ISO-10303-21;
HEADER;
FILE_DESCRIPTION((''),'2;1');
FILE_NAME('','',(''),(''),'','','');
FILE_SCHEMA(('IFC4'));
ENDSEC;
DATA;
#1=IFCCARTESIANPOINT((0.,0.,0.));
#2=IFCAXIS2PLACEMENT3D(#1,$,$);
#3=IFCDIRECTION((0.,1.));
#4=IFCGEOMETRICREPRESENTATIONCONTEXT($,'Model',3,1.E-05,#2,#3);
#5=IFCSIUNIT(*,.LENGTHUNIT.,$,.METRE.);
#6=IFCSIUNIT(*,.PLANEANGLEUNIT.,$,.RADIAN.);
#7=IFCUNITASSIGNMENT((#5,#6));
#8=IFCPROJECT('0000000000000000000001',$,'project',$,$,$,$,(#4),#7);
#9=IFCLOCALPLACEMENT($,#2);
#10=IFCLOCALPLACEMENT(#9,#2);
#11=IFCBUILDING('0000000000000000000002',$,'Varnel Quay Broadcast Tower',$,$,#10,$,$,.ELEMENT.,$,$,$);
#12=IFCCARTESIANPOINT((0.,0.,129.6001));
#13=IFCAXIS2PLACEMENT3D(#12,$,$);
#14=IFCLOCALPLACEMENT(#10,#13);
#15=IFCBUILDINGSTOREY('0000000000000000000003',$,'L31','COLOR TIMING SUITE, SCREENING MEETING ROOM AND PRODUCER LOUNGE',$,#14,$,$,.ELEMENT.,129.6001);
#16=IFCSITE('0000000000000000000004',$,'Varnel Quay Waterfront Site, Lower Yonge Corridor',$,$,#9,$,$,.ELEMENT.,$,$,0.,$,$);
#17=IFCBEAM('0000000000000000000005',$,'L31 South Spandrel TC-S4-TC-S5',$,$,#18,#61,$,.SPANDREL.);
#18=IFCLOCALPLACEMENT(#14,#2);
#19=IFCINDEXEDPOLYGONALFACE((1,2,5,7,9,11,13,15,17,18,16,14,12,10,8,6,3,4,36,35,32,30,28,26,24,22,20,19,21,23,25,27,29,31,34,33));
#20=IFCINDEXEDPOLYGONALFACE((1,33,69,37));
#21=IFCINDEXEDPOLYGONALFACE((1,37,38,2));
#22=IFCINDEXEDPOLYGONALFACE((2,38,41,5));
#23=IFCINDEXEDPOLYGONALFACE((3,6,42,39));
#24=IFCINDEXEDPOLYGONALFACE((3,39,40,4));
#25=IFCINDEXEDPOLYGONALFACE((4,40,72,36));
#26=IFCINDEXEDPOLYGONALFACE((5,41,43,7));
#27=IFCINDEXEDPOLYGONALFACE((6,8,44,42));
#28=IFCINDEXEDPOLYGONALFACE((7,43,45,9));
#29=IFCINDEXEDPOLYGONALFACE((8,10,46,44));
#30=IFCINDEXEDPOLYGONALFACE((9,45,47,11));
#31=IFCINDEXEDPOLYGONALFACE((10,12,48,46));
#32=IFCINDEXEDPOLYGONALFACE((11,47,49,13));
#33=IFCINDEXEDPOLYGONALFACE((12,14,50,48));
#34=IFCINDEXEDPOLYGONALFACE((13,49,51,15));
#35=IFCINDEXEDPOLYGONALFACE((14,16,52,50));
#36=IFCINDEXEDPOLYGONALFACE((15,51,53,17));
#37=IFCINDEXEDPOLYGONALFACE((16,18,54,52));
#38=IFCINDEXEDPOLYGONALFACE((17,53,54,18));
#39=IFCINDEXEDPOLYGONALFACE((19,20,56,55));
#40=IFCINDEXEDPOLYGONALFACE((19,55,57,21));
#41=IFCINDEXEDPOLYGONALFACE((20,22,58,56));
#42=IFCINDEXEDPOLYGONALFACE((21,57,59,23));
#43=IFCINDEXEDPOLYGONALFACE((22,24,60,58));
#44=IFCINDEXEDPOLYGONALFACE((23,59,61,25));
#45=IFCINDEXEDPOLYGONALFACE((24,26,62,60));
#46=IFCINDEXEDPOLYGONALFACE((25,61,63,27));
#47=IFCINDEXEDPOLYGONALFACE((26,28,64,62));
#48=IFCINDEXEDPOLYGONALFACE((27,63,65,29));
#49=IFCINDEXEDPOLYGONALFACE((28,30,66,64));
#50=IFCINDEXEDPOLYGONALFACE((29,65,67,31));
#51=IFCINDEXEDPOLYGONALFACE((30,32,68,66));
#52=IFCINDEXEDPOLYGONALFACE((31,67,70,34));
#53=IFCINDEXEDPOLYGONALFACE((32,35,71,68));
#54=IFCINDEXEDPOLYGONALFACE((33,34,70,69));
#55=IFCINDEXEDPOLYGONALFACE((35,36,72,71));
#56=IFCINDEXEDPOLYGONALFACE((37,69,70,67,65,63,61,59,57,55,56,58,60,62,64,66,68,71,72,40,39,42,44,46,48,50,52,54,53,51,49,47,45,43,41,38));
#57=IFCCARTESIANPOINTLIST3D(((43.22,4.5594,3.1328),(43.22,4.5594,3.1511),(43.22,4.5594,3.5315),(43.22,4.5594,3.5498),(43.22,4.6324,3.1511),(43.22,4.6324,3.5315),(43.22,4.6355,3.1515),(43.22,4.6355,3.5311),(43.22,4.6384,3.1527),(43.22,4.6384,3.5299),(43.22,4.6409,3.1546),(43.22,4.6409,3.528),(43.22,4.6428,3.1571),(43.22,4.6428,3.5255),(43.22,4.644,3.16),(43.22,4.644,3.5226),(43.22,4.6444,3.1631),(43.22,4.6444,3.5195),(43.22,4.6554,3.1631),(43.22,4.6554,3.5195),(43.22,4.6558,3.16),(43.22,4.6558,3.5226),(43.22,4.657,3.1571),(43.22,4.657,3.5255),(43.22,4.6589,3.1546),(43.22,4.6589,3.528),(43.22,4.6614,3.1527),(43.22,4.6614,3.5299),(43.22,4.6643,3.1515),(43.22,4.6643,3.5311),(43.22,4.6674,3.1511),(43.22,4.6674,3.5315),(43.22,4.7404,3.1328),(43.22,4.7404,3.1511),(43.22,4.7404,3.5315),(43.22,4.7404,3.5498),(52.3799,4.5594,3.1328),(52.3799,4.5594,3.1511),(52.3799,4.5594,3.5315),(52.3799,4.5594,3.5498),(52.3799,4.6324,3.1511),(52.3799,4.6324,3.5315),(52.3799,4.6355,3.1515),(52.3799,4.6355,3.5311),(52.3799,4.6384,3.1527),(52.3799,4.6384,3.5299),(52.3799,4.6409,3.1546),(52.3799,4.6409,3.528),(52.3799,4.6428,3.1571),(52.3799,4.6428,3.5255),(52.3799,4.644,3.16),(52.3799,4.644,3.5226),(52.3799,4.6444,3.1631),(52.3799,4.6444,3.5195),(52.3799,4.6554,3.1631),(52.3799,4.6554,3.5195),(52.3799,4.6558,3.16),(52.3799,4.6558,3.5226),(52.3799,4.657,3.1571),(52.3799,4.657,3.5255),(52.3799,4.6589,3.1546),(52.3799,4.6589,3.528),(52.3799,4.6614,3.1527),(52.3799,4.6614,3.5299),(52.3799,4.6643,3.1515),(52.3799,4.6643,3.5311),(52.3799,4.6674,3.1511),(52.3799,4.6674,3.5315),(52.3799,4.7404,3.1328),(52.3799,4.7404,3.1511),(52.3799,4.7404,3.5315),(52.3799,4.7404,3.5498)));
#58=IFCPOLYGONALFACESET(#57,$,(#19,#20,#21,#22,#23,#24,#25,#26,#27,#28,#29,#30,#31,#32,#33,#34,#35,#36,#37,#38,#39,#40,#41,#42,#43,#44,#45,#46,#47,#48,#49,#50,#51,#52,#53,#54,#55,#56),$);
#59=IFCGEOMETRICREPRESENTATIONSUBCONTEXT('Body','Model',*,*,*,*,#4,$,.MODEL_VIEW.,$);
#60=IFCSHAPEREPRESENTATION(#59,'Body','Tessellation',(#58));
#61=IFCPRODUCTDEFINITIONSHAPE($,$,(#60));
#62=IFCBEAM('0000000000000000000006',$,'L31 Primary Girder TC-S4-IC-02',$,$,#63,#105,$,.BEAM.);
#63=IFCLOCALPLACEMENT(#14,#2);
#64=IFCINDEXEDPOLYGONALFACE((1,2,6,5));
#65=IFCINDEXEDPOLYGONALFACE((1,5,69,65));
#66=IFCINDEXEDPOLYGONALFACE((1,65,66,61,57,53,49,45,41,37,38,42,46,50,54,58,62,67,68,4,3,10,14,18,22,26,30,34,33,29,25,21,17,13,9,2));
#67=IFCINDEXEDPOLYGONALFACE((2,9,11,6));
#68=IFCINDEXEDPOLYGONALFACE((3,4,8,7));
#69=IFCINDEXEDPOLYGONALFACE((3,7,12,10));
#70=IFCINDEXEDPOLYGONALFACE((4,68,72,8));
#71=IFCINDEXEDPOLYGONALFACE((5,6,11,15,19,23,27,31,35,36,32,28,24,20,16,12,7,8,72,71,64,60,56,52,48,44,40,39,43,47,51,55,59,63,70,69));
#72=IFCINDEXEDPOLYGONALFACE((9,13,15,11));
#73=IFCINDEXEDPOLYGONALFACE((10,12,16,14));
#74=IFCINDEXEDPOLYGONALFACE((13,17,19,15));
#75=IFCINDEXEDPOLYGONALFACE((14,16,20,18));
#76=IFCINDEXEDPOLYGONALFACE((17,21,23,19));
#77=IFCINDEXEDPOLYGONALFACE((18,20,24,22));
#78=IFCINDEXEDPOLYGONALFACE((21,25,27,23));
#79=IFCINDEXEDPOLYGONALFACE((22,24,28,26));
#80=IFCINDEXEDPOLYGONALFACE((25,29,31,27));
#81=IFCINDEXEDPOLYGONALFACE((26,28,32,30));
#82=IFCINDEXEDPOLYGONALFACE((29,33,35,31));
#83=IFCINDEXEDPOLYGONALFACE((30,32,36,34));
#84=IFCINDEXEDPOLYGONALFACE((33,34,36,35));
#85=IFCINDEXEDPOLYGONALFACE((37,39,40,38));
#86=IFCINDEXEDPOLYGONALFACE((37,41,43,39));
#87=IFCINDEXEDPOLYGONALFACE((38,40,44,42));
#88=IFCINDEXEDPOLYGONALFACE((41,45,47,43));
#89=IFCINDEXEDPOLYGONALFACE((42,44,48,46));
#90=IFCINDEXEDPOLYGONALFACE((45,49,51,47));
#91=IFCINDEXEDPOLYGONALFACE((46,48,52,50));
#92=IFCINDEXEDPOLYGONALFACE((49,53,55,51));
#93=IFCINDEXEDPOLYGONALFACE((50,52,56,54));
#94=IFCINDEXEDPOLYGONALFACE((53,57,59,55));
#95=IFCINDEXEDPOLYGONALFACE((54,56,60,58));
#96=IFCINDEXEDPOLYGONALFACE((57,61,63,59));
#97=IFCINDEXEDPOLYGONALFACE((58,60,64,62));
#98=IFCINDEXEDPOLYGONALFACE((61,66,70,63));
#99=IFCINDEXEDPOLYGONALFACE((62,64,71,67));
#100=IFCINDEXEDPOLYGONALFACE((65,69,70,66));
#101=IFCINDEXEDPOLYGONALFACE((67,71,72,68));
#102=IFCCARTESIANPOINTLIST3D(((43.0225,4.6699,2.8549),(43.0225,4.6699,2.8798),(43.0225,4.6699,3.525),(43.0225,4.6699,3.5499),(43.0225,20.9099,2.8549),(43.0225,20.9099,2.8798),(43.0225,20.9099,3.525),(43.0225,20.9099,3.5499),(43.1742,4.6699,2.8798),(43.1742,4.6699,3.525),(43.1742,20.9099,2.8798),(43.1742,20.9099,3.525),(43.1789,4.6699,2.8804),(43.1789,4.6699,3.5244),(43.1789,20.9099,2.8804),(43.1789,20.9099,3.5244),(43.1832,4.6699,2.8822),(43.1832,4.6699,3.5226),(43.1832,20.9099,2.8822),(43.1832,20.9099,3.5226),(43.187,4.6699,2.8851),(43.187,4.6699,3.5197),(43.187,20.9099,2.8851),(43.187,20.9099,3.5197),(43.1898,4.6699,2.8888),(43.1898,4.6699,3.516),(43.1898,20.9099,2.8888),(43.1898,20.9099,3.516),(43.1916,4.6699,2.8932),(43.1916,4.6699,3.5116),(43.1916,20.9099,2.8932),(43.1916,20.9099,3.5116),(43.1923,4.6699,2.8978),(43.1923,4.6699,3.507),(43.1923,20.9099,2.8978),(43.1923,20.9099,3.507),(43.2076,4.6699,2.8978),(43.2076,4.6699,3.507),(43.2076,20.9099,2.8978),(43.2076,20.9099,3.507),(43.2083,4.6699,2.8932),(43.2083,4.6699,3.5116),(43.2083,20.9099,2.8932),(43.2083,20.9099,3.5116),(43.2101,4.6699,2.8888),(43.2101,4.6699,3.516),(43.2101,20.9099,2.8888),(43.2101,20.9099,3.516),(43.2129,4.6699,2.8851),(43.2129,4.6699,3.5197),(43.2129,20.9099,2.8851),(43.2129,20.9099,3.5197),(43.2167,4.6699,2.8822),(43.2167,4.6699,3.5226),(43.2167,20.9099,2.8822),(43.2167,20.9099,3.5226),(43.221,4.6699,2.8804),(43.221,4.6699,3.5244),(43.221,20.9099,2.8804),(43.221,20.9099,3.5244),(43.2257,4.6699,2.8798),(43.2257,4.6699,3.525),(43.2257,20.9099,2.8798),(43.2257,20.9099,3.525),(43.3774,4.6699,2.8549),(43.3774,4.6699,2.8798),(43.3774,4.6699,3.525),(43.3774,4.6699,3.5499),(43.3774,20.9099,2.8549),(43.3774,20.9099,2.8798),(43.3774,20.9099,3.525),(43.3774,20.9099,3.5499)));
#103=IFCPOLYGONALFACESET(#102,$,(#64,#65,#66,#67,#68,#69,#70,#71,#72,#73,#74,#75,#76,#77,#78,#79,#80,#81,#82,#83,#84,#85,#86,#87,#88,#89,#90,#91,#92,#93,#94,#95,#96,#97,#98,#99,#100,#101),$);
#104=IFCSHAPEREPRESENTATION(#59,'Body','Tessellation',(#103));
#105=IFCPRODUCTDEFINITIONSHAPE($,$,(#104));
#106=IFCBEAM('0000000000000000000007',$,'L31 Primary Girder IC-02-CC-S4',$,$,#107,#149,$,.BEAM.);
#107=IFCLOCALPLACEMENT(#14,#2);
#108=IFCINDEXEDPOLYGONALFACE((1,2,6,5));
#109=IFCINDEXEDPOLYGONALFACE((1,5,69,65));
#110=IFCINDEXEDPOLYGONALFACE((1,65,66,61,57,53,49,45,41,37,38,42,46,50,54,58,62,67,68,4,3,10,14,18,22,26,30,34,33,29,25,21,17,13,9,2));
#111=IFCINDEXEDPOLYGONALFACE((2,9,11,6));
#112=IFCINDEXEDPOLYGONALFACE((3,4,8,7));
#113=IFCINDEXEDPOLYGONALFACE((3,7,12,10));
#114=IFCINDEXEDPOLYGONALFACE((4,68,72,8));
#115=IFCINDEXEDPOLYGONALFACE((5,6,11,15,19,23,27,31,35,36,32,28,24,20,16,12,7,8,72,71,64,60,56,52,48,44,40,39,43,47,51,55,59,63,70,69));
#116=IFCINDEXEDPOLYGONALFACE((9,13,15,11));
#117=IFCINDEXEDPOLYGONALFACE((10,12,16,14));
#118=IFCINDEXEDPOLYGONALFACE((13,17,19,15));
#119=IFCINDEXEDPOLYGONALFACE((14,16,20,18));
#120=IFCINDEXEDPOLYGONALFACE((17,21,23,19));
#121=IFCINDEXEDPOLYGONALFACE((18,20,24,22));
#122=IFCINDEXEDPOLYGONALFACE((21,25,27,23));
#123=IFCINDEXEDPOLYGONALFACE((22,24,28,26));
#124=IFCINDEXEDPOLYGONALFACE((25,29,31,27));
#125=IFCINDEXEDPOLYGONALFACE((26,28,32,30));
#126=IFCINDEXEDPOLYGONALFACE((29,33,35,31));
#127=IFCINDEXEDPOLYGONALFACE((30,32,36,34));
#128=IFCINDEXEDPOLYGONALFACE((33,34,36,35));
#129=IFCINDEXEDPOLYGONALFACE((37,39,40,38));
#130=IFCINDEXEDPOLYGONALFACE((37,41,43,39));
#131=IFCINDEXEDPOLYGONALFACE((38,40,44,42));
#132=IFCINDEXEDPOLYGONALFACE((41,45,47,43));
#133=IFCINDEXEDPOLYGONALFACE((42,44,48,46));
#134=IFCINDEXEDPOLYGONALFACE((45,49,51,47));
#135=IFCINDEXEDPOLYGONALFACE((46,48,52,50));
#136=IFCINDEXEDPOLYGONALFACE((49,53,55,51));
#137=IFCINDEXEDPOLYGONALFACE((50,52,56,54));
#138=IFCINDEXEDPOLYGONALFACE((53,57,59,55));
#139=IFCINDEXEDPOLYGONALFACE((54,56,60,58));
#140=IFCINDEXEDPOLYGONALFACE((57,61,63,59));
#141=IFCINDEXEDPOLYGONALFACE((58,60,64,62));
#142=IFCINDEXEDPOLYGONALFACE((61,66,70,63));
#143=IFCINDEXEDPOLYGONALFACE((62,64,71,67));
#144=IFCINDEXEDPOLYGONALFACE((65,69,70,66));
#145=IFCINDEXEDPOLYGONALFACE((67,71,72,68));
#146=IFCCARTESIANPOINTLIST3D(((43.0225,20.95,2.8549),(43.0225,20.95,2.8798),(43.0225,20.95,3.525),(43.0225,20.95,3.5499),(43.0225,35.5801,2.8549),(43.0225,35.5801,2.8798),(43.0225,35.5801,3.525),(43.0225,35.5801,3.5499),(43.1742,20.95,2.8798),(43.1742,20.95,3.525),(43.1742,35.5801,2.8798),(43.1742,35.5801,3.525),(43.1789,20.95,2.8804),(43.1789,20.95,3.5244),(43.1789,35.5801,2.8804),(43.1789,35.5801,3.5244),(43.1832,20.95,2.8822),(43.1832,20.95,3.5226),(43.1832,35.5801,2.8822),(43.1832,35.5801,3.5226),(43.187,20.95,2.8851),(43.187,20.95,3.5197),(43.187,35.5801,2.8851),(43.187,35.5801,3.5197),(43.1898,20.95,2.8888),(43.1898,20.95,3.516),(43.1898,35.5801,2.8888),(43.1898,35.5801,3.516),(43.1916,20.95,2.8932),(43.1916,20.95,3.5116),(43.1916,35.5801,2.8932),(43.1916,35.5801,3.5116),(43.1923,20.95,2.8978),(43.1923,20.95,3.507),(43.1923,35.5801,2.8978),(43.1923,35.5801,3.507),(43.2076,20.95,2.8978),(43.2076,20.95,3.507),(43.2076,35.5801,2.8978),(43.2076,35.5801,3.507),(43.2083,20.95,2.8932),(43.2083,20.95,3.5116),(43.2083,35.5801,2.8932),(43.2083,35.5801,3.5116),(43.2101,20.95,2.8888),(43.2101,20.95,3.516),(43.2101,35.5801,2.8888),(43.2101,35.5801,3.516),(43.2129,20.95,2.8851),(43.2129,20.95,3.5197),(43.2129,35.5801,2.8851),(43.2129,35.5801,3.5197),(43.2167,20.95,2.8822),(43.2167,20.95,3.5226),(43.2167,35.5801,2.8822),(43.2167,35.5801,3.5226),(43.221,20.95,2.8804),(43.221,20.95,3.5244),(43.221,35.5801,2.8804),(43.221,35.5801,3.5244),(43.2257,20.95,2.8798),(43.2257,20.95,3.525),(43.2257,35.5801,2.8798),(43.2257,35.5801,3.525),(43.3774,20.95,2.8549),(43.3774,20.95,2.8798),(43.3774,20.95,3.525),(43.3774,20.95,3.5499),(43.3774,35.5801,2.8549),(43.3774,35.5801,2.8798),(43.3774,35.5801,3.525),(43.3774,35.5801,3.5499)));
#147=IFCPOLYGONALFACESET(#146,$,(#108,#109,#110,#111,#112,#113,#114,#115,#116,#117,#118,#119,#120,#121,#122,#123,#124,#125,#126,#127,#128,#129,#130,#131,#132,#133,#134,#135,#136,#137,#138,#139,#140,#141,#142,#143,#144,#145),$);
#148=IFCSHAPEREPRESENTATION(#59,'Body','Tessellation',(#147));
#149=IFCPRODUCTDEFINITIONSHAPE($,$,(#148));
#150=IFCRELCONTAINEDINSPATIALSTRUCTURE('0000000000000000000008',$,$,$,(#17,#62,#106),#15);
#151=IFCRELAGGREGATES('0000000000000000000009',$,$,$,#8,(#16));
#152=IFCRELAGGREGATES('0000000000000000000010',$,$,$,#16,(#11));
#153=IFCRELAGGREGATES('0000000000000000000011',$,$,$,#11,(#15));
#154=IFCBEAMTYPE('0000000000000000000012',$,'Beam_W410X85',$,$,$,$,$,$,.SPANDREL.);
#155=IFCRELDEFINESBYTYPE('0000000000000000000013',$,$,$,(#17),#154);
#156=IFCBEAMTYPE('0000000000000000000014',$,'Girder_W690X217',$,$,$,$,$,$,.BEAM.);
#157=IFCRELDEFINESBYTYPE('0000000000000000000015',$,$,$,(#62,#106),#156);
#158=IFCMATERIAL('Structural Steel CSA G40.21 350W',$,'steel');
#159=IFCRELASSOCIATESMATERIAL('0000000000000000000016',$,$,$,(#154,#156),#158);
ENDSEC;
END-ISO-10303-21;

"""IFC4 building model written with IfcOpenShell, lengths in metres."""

from ifc_helpers import new_model, si_unit, direction, frame, origin, origin_2d, place, context, subcontext, project, spatial, i_section, extrude, source, transform, mapped, material, material_profile, profile_set, type_object, type_shapes, element, save


model = new_model("IFC4")

# Units and contexts
model_context = context("Model", 3, precision=1e-05, world=origin(), true_north=direction((0.0, 1.0)))
body_context = subcontext(model_context, "Body", "Model", "MODEL_VIEW")
ifc_project = project(units=[si_unit("LENGTHUNIT", "METRE"), si_unit("PLANEANGLEUNIT", "RADIAN")], contexts=[model_context])

# Site, building, storey
site_placement = place(None, origin())
site = spatial("IfcSite", under=ifc_project, at=site_placement, Name="Varnel Quay Waterfront Site, Lower Yonge Corridor", CompositionType="ELEMENT", RefElevation=0.0)
building_placement = place(site_placement, origin())
building = spatial("IfcBuilding", under=site, at=building_placement, Name="Varnel Quay Broadcast Tower", CompositionType="ELEMENT")
storey_placement = place(building_placement, frame((0.0, 0.0, 129.6001)))
storey = spatial("IfcBuildingStorey", under=building, at=storey_placement, Name="L31", Description="COLOR TIMING SUITE, SCREENING MEETING ROOM AND PRODUCER LOUNGE", CompositionType="ELEMENT", Elevation=129.6001)

# Shared definitions
ifc_material_1 = material(Name="Structural Steel CSA G40.21 350W", Category="steel")

# Beams
ifc_material_profile_1 = material_profile(ifc_material_1, i_section(OverallWidth=0.1809, OverallDepth=0.417, WebThickness=0.011, FlangeThickness=0.0183, FilletRadius=0.012, at=origin_2d()), Name="W410X85")
ifc_profile_set_1 = profile_set([ifc_material_profile_1], Name="Structural Steel CSA G40.21 350W")
beam_type_1 = type_object("IfcBeamType", Name="Beam_W410X85", PredefinedType="SPANDREL", material=ifc_profile_set_1)
shared_shape_1 = source(origin(), body_context, "Body", "SweptSolid", [
    extrude(i_section(OverallWidth=0.1809, OverallDepth=0.417, WebThickness=0.011, FlangeThickness=0.0183, FilletRadius=0.012, at=origin_2d()), origin(), (0.0, 0.0, 1.0), 9.1599),
])
type_shapes(beam_type_1, [shared_shape_1])
for number, where, z_axis, x_axis, name in (
    (1, (43.22, 4.6499, 3.3413), (1.0, 0.0, 0.0), (0.0, 1.0, 0.0), "L31 South Spandrel TC-S4-TC-S5"),
):
    element("IfcBeam", number, at=place(storey_placement, frame(where, z_axis=z_axis, x_axis=x_axis)), inside=storey, type_object=beam_type_1, Name=name, PredefinedType="SPANDREL", context=body_context, shape_type="MappedRepresentation", body=[
        mapped(shared_shape_1, transform((0.0, 0.0, 0.0), x_axis=(1.0, 0.0, 0.0), y_axis=(0.0, 1.0, 0.0), z_axis=(0.0, 0.0, 1.0), scale=1.0)),
    ])
ifc_material_profile_2 = material_profile(ifc_material_1, i_section(OverallWidth=0.355, OverallDepth=0.6951, WebThickness=0.0154, FlangeThickness=0.0249, FilletRadius=0.0181, at=origin_2d()), Name="W690X217")
ifc_profile_set_2 = profile_set([ifc_material_profile_2], Name="Structural Steel CSA G40.21 350W")
beam_type_2 = type_object("IfcBeamType", Name="Girder_W690X217", PredefinedType="BEAM", material=ifc_profile_set_2)
shared_shape_2 = source(origin(), body_context, "Body", "SweptSolid", [
    extrude(i_section(OverallWidth=0.355, OverallDepth=0.6951, WebThickness=0.0154, FlangeThickness=0.0249, FilletRadius=0.0181, at=origin_2d()), origin(), (0.0, 0.0, 1.0), 16.24),
])
beam_1_placement = place(storey_placement, frame((43.2, 4.6699, 3.2024), z_axis=(0.0, 1.0, 0.0), x_axis=(-1.0, 0.0, 0.0)))
element("IfcBeam", 2, at=beam_1_placement, inside=storey, type_object=beam_type_2, Name="L31 Primary Girder TC-S4-IC-02", PredefinedType="BEAM", context=body_context, shape_type="MappedRepresentation", body=[
    mapped(shared_shape_2, transform((0.0, 0.0, 0.0), x_axis=(1.0, 0.0, 0.0), y_axis=(0.0, 1.0, 0.0), z_axis=(0.0, 0.0, 1.0), scale=1.0)),
])
shared_shape_3 = source(origin(), body_context, "Body", "SweptSolid", [
    extrude(i_section(OverallWidth=0.355, OverallDepth=0.6951, WebThickness=0.0154, FlangeThickness=0.0249, FilletRadius=0.0181, at=origin_2d()), origin(), (0.0, 0.0, 1.0), 14.6301),
])
beam_2_placement = place(storey_placement, frame((43.2, 20.95, 3.2024), z_axis=(0.0, 1.0, 0.0), x_axis=(-1.0, 0.0, 0.0)))
element("IfcBeam", 3, at=beam_2_placement, inside=storey, type_object=beam_type_2, Name="L31 Primary Girder IC-02-CC-S4", PredefinedType="BEAM", context=body_context, shape_type="MappedRepresentation", body=[
    mapped(shared_shape_3, transform((0.0, 0.0, 0.0), x_axis=(1.0, 0.0, 0.0), y_axis=(0.0, 1.0, 0.0), z_axis=(0.0, 0.0, 1.0), scale=1.0)),
])

save(model, "model.ifc")
